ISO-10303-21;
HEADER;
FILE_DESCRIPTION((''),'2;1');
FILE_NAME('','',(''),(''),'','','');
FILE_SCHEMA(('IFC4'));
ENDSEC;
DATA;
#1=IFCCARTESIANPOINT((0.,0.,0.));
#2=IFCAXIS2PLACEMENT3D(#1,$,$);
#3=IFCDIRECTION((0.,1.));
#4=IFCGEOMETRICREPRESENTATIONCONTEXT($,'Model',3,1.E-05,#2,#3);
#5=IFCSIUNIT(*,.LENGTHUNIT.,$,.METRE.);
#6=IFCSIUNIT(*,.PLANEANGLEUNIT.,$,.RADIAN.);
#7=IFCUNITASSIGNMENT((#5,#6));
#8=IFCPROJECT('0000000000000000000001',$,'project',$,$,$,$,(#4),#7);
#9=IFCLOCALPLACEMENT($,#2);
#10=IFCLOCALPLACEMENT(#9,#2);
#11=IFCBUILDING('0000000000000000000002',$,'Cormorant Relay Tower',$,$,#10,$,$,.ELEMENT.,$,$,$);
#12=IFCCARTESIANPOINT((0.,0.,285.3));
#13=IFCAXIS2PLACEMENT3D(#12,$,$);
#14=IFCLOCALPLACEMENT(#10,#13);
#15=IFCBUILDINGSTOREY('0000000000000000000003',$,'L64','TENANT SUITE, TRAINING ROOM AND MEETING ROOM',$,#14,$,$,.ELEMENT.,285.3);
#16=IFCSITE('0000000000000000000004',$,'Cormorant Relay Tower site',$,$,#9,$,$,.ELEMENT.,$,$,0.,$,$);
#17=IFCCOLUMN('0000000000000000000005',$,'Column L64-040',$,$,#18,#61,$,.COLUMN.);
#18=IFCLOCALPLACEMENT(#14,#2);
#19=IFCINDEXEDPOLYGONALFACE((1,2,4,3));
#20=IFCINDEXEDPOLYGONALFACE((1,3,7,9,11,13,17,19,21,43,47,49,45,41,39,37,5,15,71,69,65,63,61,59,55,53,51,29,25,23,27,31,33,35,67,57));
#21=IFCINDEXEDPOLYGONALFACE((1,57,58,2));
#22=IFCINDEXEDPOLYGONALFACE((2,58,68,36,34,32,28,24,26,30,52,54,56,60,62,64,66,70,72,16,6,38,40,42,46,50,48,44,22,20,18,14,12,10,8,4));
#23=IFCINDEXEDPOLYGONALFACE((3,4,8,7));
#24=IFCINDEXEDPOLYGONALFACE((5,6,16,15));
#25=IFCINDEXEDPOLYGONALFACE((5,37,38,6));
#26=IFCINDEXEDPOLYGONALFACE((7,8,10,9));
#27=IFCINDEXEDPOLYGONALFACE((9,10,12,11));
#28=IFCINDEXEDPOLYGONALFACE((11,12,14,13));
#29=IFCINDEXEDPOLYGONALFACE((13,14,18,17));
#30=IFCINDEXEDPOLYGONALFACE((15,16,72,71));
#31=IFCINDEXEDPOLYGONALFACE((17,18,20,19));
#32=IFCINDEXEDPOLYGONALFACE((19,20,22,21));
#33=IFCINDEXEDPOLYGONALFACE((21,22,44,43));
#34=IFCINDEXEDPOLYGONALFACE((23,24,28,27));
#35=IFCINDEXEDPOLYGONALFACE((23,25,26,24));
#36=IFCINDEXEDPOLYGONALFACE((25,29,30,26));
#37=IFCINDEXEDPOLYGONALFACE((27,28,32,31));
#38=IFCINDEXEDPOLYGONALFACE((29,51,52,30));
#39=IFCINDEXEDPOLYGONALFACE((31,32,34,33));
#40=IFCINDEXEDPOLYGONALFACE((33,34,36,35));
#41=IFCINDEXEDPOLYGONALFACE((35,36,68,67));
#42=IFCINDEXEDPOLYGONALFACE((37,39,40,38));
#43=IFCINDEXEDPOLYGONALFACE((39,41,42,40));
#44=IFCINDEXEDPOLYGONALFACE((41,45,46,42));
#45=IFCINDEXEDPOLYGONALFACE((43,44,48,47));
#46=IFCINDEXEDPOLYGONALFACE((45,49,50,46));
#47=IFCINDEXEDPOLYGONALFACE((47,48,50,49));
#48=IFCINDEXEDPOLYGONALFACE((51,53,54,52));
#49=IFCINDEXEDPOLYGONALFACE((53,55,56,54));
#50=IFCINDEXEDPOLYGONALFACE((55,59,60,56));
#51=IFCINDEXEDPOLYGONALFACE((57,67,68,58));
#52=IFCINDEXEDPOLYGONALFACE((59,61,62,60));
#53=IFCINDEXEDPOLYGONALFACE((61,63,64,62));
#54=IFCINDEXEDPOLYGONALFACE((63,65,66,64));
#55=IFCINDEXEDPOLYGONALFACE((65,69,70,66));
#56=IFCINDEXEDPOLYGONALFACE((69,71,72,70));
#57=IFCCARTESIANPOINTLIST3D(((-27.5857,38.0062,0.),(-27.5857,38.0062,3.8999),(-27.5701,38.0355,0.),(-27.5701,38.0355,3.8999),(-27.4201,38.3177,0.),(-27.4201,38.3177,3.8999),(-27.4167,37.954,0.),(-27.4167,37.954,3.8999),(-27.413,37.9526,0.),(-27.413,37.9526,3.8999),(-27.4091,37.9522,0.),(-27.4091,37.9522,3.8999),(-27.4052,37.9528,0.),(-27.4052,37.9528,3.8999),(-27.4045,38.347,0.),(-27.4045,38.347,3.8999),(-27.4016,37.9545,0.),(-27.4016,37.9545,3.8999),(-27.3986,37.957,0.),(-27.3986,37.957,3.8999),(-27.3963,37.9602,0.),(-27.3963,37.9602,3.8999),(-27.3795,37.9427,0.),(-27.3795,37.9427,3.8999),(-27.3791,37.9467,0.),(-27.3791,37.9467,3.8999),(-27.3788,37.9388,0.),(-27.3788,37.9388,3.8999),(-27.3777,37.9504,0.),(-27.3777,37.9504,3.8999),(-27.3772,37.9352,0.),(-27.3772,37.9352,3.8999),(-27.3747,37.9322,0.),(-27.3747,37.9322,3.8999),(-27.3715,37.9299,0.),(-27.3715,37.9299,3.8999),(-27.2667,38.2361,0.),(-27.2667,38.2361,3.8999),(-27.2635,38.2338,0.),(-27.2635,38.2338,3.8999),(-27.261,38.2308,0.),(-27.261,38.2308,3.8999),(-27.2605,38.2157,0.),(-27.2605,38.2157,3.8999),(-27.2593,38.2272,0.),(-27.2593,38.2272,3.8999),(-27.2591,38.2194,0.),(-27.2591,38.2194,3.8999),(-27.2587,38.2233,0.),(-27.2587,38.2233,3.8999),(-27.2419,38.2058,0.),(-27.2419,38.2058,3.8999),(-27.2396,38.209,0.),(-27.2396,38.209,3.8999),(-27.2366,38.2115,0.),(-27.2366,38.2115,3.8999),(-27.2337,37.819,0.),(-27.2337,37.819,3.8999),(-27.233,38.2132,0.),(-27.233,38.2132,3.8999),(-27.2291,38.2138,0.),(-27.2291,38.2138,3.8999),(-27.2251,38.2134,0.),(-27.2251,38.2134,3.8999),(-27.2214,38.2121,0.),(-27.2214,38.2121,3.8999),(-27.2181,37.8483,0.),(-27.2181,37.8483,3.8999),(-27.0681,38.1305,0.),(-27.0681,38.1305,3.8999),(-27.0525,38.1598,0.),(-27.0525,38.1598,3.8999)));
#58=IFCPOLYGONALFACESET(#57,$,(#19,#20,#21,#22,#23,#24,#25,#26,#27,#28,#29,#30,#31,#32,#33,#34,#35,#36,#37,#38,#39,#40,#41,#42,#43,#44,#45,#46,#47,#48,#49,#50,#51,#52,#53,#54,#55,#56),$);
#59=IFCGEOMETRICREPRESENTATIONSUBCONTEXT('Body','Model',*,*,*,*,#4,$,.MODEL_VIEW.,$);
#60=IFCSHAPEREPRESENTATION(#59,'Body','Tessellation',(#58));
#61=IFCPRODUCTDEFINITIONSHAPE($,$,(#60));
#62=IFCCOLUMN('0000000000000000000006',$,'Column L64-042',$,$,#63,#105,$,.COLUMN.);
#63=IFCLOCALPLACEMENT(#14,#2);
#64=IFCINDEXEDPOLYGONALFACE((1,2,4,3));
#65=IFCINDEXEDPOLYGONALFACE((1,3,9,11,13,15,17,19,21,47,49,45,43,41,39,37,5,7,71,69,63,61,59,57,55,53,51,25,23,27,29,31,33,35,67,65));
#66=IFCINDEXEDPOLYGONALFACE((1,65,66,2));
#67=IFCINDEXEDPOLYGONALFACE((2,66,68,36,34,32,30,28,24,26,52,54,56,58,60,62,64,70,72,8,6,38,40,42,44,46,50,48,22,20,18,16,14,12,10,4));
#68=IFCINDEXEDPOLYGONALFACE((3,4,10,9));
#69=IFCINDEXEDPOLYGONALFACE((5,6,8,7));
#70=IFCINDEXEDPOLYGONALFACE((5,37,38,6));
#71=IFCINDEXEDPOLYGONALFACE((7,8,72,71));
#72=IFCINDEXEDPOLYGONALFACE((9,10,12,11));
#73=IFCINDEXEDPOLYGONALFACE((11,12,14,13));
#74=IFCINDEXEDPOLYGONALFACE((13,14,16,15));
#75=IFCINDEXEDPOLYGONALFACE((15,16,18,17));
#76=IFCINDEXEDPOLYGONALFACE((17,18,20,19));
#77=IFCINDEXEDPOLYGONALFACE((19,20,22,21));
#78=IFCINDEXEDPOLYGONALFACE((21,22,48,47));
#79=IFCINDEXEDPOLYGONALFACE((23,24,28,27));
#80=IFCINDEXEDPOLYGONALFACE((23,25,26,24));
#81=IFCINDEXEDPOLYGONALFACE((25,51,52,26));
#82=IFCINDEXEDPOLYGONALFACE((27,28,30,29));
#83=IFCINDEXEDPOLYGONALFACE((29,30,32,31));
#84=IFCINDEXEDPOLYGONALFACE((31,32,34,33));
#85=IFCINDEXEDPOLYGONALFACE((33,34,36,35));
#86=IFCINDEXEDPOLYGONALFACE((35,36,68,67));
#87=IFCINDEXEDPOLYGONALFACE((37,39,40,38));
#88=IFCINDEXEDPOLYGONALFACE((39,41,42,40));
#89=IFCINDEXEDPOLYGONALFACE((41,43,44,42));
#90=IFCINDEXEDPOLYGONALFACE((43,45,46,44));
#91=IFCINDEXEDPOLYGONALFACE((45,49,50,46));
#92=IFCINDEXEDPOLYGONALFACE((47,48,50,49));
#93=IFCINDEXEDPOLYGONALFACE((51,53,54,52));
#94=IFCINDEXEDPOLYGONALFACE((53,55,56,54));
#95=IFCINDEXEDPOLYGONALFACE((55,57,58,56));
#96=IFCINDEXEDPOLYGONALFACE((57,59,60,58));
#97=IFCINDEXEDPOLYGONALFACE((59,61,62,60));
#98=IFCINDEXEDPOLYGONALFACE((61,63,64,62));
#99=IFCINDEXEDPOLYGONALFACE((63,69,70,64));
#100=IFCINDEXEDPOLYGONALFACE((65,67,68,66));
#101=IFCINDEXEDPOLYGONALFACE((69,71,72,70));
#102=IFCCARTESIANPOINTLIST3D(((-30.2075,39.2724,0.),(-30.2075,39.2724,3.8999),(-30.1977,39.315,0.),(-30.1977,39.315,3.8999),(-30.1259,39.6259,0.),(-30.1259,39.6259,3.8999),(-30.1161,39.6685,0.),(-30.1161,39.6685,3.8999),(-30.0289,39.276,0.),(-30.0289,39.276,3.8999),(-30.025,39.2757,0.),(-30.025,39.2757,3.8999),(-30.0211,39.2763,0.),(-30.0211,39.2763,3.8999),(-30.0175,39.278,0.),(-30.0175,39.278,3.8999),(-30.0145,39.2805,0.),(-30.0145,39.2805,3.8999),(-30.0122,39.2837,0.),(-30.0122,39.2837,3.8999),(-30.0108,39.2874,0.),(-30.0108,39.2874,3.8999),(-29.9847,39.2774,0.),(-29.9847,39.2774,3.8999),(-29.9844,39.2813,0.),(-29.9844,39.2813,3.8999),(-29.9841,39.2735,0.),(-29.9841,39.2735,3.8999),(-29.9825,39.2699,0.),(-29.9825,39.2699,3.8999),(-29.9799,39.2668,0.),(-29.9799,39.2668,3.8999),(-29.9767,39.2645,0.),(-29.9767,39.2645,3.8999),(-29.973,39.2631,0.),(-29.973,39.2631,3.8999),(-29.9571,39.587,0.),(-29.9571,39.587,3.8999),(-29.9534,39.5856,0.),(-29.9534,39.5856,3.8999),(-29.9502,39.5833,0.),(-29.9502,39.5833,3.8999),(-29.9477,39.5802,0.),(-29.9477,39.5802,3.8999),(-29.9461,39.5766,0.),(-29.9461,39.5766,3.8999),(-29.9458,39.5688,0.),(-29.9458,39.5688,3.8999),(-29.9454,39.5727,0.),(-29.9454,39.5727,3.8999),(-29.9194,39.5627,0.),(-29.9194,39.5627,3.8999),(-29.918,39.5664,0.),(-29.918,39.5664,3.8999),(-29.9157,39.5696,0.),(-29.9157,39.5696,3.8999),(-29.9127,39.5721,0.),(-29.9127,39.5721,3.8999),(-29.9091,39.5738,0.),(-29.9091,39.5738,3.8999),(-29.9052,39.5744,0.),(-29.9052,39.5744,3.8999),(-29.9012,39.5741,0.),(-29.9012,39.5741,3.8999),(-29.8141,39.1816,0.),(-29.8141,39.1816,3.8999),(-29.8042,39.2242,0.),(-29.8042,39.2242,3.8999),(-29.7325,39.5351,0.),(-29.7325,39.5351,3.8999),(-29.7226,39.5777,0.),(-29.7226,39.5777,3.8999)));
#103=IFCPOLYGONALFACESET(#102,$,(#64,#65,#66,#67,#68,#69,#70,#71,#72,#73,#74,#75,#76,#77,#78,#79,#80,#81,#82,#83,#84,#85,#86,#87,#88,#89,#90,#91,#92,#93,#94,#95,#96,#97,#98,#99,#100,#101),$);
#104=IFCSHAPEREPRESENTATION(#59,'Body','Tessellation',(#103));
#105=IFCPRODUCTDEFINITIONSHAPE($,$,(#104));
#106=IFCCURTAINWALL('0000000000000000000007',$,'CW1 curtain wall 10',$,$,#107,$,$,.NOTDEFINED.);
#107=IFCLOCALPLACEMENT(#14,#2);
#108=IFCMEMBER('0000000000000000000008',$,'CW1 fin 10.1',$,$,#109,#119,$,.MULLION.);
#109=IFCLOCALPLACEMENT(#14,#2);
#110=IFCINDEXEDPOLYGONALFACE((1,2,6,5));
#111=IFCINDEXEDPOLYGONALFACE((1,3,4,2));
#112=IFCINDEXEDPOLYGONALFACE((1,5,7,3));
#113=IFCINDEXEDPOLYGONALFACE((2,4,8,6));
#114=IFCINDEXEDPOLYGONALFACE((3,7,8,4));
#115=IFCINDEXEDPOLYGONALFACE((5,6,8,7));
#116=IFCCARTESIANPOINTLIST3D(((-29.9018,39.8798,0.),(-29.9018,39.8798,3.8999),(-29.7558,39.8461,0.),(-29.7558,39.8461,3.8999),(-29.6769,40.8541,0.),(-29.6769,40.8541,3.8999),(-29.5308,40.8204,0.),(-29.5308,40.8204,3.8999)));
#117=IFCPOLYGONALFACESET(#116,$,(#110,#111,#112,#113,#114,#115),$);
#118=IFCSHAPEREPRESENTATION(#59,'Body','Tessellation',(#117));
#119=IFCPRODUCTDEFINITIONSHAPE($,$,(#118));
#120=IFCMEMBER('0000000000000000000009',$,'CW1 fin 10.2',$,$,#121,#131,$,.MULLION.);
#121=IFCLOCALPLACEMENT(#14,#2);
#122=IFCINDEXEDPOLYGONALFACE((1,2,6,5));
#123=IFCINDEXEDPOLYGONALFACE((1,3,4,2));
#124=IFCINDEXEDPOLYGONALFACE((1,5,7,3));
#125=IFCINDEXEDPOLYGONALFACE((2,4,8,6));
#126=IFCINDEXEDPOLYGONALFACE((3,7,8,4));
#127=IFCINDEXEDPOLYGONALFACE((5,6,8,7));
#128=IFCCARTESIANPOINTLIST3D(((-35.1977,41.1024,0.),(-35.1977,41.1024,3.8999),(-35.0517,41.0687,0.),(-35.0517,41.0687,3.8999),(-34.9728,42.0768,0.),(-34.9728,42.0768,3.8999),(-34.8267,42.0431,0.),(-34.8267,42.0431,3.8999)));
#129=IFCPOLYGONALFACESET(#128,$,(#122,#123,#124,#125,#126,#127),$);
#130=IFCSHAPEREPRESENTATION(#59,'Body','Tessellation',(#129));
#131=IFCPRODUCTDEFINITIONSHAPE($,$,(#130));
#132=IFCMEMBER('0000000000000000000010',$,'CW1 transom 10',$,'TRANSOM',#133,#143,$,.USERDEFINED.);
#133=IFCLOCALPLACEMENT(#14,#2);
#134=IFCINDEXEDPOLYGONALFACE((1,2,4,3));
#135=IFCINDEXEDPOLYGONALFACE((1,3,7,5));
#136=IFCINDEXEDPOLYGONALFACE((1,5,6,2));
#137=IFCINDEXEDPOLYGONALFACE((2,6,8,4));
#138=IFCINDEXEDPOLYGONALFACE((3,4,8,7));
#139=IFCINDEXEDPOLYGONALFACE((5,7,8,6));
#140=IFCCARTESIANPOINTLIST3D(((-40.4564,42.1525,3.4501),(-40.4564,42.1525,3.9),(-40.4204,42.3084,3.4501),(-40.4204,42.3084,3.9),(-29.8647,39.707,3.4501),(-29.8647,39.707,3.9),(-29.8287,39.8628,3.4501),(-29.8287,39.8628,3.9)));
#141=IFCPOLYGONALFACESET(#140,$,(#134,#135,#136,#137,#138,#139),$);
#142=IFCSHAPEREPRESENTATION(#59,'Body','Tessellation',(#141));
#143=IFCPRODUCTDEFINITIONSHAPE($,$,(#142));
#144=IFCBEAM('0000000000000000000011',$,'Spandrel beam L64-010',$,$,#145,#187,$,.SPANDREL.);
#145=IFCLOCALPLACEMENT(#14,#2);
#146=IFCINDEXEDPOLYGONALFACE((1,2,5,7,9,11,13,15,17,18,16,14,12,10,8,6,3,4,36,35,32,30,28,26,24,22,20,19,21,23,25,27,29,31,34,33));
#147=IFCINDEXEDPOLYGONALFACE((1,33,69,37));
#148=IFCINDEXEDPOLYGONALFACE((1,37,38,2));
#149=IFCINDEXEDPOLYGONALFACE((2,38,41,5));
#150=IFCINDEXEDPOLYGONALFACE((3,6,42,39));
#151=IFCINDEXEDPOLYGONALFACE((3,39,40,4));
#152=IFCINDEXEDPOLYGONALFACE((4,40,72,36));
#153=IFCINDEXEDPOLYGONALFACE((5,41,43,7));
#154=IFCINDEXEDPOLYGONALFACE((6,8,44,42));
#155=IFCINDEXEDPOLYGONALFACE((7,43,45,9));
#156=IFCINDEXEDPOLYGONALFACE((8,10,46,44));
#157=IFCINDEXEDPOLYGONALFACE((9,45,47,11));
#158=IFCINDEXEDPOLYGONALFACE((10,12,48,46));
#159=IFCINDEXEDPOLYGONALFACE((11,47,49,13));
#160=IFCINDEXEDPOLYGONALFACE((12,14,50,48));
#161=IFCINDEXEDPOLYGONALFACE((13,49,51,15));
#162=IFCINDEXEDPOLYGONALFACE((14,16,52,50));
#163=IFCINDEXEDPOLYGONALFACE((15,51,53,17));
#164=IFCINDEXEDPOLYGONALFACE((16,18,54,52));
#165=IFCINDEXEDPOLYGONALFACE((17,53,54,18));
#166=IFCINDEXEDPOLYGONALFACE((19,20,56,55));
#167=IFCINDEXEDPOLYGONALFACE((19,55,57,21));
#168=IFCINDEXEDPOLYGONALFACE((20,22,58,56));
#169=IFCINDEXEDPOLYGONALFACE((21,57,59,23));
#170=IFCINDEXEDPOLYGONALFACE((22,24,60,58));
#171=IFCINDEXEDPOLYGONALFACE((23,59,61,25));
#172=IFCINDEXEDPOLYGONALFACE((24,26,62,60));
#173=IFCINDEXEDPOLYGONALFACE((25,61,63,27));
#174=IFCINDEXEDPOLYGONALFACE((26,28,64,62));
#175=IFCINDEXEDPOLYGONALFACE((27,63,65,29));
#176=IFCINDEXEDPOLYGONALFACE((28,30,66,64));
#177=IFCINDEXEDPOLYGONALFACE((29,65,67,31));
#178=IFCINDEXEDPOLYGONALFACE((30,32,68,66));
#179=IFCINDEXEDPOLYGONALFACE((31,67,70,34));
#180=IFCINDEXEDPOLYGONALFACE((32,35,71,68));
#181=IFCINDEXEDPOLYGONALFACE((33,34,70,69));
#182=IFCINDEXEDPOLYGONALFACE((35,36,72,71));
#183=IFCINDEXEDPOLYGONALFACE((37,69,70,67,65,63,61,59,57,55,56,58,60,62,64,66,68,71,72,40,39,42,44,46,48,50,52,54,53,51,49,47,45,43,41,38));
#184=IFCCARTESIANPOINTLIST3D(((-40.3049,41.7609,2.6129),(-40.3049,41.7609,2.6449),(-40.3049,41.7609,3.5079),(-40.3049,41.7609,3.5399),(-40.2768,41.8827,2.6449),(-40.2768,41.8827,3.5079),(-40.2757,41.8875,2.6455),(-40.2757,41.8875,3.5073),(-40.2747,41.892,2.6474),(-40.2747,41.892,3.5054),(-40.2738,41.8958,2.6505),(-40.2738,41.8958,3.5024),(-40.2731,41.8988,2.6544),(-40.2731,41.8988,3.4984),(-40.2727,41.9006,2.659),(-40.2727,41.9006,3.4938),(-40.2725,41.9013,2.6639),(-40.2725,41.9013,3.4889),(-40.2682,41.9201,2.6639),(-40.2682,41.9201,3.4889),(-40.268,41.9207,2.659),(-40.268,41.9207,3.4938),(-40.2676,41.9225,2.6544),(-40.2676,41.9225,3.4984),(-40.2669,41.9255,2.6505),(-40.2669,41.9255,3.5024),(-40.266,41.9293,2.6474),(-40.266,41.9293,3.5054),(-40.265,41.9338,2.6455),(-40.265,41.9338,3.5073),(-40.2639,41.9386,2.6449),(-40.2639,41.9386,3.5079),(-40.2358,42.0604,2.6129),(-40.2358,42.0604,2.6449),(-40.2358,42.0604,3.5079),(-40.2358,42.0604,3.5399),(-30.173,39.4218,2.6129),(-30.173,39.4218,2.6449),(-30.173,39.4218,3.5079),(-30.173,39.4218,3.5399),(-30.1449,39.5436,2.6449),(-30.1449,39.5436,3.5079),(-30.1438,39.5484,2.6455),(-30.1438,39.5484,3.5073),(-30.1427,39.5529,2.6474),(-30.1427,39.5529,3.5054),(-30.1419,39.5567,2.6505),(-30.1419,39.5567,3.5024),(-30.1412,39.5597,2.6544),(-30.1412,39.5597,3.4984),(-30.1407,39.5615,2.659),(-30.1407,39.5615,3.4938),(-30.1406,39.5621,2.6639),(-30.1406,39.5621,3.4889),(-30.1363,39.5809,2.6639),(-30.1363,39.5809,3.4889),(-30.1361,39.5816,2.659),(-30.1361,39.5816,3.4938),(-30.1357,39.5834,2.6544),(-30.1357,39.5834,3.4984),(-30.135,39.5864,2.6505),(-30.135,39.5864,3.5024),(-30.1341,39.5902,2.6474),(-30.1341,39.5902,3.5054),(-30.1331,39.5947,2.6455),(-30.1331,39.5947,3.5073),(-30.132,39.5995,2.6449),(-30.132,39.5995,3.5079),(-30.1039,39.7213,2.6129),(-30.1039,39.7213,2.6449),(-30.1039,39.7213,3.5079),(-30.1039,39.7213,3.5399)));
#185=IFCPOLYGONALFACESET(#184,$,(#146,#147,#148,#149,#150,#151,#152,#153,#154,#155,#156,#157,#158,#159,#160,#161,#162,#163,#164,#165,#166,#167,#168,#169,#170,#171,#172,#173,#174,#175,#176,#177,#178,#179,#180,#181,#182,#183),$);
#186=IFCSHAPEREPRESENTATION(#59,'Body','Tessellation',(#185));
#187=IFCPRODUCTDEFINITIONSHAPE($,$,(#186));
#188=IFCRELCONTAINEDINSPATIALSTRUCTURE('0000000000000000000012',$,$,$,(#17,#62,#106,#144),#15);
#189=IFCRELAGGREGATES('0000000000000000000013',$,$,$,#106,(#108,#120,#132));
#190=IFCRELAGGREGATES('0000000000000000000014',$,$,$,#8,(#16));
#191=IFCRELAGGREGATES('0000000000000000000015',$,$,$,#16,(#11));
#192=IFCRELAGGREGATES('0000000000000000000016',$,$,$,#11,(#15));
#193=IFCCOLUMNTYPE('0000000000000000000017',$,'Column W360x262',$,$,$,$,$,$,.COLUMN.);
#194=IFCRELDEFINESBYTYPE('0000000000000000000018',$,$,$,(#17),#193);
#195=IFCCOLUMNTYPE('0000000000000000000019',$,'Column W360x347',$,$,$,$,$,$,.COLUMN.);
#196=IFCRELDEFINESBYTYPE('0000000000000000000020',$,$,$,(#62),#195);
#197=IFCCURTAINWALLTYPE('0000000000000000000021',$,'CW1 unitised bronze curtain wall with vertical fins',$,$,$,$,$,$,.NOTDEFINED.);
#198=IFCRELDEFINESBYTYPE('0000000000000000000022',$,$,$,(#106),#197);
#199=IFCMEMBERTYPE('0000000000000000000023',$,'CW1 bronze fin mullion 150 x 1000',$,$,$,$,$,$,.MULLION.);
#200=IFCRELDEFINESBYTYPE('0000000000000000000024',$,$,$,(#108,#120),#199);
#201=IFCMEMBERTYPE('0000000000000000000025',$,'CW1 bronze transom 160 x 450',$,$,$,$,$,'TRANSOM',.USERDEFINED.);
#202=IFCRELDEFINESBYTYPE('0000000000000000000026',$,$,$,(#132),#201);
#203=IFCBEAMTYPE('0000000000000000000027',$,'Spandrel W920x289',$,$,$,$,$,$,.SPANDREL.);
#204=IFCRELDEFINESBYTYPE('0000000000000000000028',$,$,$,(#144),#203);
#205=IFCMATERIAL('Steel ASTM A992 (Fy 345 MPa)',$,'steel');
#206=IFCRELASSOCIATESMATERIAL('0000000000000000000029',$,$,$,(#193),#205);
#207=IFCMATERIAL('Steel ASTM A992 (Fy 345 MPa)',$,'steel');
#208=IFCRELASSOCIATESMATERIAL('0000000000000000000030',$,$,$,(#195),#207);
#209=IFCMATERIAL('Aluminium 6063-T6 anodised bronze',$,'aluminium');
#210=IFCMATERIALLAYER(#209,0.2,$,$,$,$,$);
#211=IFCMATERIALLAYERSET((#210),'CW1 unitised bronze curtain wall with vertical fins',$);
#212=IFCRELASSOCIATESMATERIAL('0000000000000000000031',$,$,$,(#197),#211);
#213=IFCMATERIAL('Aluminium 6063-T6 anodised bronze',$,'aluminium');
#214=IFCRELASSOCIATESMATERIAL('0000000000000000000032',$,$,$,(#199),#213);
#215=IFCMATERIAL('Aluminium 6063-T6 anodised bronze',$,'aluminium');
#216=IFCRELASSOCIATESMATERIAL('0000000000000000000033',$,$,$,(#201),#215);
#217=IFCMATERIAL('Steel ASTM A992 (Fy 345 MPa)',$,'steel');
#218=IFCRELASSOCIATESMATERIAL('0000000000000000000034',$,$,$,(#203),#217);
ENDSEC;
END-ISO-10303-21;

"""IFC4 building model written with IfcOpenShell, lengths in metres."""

from ifc_helpers import new_model, si_unit, direction, frame, origin, origin_2d, place, context, subcontext, project, spatial, rectangle, i_section, extrude, material, layer, layer_set, material_profile, profile_set, type_object, element, aggregate, save


model = new_model("IFC4")

# Units and contexts
model_context = context("Model", 3, precision=1e-05, world=origin(), true_north=direction((0.0, 1.0)))
body_context = subcontext(model_context, "Body", "Model", "MODEL_VIEW")
ifc_project = project(units=[si_unit("LENGTHUNIT", "METRE"), si_unit("PLANEANGLEUNIT", "RADIAN")], contexts=[model_context])

# Site, building, storey
site_placement = place(None, origin())
site = spatial("IfcSite", under=ifc_project, at=site_placement, Name="Cormorant Relay Tower site", CompositionType="ELEMENT", RefElevation=0.0)
building_placement = place(site_placement, origin())
building = spatial("IfcBuilding", under=site, at=building_placement, Name="Cormorant Relay Tower", CompositionType="ELEMENT")
storey_placement = place(building_placement, frame((0.0, 0.0, 285.3)))
storey = spatial("IfcBuildingStorey", under=building, at=storey_placement, Name="L64", Description="TENANT SUITE, TRAINING ROOM AND MEETING ROOM", CompositionType="ELEMENT", Elevation=285.3)

# Columns
ifc_material_1 = material(Name="Steel ASTM A992 (Fy 345 MPa)", Category="steel")
ifc_material_profile_1 = material_profile(ifc_material_1, i_section(OverallWidth=0.3987, OverallDepth=0.386, WebThickness=0.021, FlangeThickness=0.0332, FilletRadius=0.0151, at=origin_2d()), Name="W360x262")
ifc_profile_set_1 = profile_set([ifc_material_profile_1], Name="Steel ASTM A992 (Fy 345 MPa)")
column_type_1 = type_object("IfcColumnType", Name="Column W360x262", PredefinedType="COLUMN", material=ifc_profile_set_1)
column_1_placement = place(storey_placement, frame((-27.3191, 38.083, 0.0), z_axis=(0.0, 0.0, 1.0), x_axis=(-0.882948, 0.469472, 0.0)))
element("IfcColumn", 1, at=column_1_placement, inside=storey, type_object=column_type_1, Name="Column L64-040", PredefinedType="COLUMN", context=body_context, shape_type="SweptSolid", body=[
    extrude(i_section(OverallWidth=0.3987, OverallDepth=0.386, WebThickness=0.021, FlangeThickness=0.0332, FilletRadius=0.0151, at=origin_2d()), origin(), (0.0, 0.0, 1.0), 3.8999),
])
ifc_material_2 = material(Name="Steel ASTM A992 (Fy 345 MPa)", Category="steel")
ifc_material_profile_2 = material_profile(ifc_material_2, i_section(OverallWidth=0.4038, OverallDepth=0.4065, WebThickness=0.0271, FlangeThickness=0.0437, FilletRadius=0.0151, at=origin_2d()), Name="W360x347")
ifc_profile_set_2 = profile_set([ifc_material_profile_2], Name="Steel ASTM A992 (Fy 345 MPa)")
column_type_2 = type_object("IfcColumnType", Name="Column W360x347", PredefinedType="COLUMN", material=ifc_profile_set_2)
column_2_placement = place(storey_placement, frame((-29.9651, 39.425, 0.0), z_axis=(0.0, 0.0, 1.0), x_axis=(-0.97437, 0.224951, 0.0)))
element("IfcColumn", 2, at=column_2_placement, inside=storey, type_object=column_type_2, Name="Column L64-042", PredefinedType="COLUMN", context=body_context, shape_type="SweptSolid", body=[
    extrude(i_section(OverallWidth=0.4038, OverallDepth=0.4065, WebThickness=0.0271, FlangeThickness=0.0437, FilletRadius=0.0151, at=origin_2d()), origin(), (0.0, 0.0, 1.0), 3.8999),
])

# Curtain wall, members
ifc_material_3 = material(Name="Aluminium 6063-T6 anodised bronze", Category="aluminium")
ifc_layer_1 = layer(ifc_material_3, 0.2)
ifc_layer_set_1 = layer_set([ifc_layer_1], Name="CW1 unitised bronze curtain wall with vertical fins")
curtain_wall_type = type_object("IfcCurtainWallType", Name="CW1 unitised bronze curtain wall with vertical fins", PredefinedType="NOTDEFINED", material=ifc_layer_set_1)
curtain_wall_1_placement = place(storey_placement, origin())
curtain_wall_1 = element("IfcCurtainWall", 3, at=curtain_wall_1_placement, inside=storey, type_object=curtain_wall_type, Name="CW1 curtain wall 10", PredefinedType="NOTDEFINED")
ifc_material_4 = material(Name="Aluminium 6063-T6 anodised bronze", Category="aluminium")
ifc_material_profile_3 = material_profile(ifc_material_4, rectangle(XDim=0.1499, YDim=1.0, at=origin_2d()), Name="AL 150x1000")
ifc_profile_set_3 = profile_set([ifc_material_profile_3], Name="Aluminium 6063-T6 anodised bronze")
member_type_1 = type_object("IfcMemberType", Name="CW1 bronze fin mullion 150 x 1000", PredefinedType="MULLION", material=ifc_profile_set_3)
member_1_placement = place(storey_placement, frame((-29.7163, 40.3501, 0.0), z_axis=(0.0, 0.0, 1.0), x_axis=(-0.97437, 0.224951, 0.0)))
member_1 = element("IfcMember", 4, at=member_1_placement, type_object=member_type_1, Name="CW1 fin 10.1", PredefinedType="MULLION", context=body_context, shape_type="SweptSolid", body=[
    extrude(rectangle(XDim=0.1499, YDim=1.0, at=origin_2d()), origin(), (0.0, 0.0, 1.0), 3.8999),
])
member_2_placement = place(storey_placement, frame((-35.0122, 41.5728, 0.0), z_axis=(0.0, 0.0, 1.0), x_axis=(-0.97437, 0.224951, 0.0)))
member_2 = element("IfcMember", 5, at=member_2_placement, type_object=member_type_1, Name="CW1 fin 10.2", PredefinedType="MULLION", context=body_context, shape_type="SweptSolid", body=[
    extrude(rectangle(XDim=0.1499, YDim=1.0, at=origin_2d()), origin(), (0.0, 0.0, 1.0), 3.8999),
])
ifc_material_5 = material(Name="Aluminium 6063-T6 anodised bronze", Category="aluminium")
ifc_material_profile_4 = material_profile(ifc_material_5, rectangle(XDim=0.1599, YDim=0.45, at=origin_2d()), Name="AL 160x450")
ifc_profile_set_4 = profile_set([ifc_material_profile_4], Name="Aluminium 6063-T6 anodised bronze")
member_type_2 = type_object("IfcMemberType", Name="CW1 bronze transom 160 x 450", ElementType="TRANSOM", PredefinedType="USERDEFINED", material=ifc_profile_set_4)
member_3_placement = place(storey_placement, frame((-29.8467, 39.7849, 3.675), z_axis=(-0.974365, 0.224973, 0.0), x_axis=(-0.224973, -0.974365, 0.0)))
member_3 = element("IfcMember", 6, at=member_3_placement, type_object=member_type_2, Name="CW1 transom 10", ObjectType="TRANSOM", PredefinedType="USERDEFINED", context=body_context, shape_type="SweptSolid", body=[
    extrude(rectangle(XDim=0.1599, YDim=0.45, at=origin_2d()), origin(), (0.0, 0.0, 1.0), 10.8704),
])

# Beam
ifc_material_6 = material(Name="Steel ASTM A992 (Fy 345 MPa)", Category="steel")
ifc_material_profile_5 = material_profile(ifc_material_6, i_section(OverallWidth=0.3074, OverallDepth=0.927, WebThickness=0.0193, FlangeThickness=0.032, FilletRadius=0.019, at=origin_2d()), Name="W920x289")
ifc_profile_set_5 = profile_set([ifc_material_profile_5], Name="Steel ASTM A992 (Fy 345 MPa)")
beam_type = type_object("IfcBeamType", Name="Spandrel W920x289", PredefinedType="SPANDREL", material=ifc_profile_set_5)
beam_placement = place(storey_placement, frame((-30.1384, 39.5715, 3.0764), z_axis=(-0.97437, 0.22495, 0.0), x_axis=(-0.22495, -0.97437, 0.0)))
element("IfcBeam", 7, at=beam_placement, inside=storey, type_object=beam_type, Name="Spandrel beam L64-010", PredefinedType="SPANDREL", context=body_context, shape_type="SweptSolid", body=[
    extrude(i_section(OverallWidth=0.3074, OverallDepth=0.927, WebThickness=0.0193, FlangeThickness=0.032, FilletRadius=0.019, at=origin_2d()), origin(), (0.0, 0.0, 1.0), 10.3984),
])

aggregate(curtain_wall_1, [member_1, member_2, member_3])

save(model, "model.ifc")
